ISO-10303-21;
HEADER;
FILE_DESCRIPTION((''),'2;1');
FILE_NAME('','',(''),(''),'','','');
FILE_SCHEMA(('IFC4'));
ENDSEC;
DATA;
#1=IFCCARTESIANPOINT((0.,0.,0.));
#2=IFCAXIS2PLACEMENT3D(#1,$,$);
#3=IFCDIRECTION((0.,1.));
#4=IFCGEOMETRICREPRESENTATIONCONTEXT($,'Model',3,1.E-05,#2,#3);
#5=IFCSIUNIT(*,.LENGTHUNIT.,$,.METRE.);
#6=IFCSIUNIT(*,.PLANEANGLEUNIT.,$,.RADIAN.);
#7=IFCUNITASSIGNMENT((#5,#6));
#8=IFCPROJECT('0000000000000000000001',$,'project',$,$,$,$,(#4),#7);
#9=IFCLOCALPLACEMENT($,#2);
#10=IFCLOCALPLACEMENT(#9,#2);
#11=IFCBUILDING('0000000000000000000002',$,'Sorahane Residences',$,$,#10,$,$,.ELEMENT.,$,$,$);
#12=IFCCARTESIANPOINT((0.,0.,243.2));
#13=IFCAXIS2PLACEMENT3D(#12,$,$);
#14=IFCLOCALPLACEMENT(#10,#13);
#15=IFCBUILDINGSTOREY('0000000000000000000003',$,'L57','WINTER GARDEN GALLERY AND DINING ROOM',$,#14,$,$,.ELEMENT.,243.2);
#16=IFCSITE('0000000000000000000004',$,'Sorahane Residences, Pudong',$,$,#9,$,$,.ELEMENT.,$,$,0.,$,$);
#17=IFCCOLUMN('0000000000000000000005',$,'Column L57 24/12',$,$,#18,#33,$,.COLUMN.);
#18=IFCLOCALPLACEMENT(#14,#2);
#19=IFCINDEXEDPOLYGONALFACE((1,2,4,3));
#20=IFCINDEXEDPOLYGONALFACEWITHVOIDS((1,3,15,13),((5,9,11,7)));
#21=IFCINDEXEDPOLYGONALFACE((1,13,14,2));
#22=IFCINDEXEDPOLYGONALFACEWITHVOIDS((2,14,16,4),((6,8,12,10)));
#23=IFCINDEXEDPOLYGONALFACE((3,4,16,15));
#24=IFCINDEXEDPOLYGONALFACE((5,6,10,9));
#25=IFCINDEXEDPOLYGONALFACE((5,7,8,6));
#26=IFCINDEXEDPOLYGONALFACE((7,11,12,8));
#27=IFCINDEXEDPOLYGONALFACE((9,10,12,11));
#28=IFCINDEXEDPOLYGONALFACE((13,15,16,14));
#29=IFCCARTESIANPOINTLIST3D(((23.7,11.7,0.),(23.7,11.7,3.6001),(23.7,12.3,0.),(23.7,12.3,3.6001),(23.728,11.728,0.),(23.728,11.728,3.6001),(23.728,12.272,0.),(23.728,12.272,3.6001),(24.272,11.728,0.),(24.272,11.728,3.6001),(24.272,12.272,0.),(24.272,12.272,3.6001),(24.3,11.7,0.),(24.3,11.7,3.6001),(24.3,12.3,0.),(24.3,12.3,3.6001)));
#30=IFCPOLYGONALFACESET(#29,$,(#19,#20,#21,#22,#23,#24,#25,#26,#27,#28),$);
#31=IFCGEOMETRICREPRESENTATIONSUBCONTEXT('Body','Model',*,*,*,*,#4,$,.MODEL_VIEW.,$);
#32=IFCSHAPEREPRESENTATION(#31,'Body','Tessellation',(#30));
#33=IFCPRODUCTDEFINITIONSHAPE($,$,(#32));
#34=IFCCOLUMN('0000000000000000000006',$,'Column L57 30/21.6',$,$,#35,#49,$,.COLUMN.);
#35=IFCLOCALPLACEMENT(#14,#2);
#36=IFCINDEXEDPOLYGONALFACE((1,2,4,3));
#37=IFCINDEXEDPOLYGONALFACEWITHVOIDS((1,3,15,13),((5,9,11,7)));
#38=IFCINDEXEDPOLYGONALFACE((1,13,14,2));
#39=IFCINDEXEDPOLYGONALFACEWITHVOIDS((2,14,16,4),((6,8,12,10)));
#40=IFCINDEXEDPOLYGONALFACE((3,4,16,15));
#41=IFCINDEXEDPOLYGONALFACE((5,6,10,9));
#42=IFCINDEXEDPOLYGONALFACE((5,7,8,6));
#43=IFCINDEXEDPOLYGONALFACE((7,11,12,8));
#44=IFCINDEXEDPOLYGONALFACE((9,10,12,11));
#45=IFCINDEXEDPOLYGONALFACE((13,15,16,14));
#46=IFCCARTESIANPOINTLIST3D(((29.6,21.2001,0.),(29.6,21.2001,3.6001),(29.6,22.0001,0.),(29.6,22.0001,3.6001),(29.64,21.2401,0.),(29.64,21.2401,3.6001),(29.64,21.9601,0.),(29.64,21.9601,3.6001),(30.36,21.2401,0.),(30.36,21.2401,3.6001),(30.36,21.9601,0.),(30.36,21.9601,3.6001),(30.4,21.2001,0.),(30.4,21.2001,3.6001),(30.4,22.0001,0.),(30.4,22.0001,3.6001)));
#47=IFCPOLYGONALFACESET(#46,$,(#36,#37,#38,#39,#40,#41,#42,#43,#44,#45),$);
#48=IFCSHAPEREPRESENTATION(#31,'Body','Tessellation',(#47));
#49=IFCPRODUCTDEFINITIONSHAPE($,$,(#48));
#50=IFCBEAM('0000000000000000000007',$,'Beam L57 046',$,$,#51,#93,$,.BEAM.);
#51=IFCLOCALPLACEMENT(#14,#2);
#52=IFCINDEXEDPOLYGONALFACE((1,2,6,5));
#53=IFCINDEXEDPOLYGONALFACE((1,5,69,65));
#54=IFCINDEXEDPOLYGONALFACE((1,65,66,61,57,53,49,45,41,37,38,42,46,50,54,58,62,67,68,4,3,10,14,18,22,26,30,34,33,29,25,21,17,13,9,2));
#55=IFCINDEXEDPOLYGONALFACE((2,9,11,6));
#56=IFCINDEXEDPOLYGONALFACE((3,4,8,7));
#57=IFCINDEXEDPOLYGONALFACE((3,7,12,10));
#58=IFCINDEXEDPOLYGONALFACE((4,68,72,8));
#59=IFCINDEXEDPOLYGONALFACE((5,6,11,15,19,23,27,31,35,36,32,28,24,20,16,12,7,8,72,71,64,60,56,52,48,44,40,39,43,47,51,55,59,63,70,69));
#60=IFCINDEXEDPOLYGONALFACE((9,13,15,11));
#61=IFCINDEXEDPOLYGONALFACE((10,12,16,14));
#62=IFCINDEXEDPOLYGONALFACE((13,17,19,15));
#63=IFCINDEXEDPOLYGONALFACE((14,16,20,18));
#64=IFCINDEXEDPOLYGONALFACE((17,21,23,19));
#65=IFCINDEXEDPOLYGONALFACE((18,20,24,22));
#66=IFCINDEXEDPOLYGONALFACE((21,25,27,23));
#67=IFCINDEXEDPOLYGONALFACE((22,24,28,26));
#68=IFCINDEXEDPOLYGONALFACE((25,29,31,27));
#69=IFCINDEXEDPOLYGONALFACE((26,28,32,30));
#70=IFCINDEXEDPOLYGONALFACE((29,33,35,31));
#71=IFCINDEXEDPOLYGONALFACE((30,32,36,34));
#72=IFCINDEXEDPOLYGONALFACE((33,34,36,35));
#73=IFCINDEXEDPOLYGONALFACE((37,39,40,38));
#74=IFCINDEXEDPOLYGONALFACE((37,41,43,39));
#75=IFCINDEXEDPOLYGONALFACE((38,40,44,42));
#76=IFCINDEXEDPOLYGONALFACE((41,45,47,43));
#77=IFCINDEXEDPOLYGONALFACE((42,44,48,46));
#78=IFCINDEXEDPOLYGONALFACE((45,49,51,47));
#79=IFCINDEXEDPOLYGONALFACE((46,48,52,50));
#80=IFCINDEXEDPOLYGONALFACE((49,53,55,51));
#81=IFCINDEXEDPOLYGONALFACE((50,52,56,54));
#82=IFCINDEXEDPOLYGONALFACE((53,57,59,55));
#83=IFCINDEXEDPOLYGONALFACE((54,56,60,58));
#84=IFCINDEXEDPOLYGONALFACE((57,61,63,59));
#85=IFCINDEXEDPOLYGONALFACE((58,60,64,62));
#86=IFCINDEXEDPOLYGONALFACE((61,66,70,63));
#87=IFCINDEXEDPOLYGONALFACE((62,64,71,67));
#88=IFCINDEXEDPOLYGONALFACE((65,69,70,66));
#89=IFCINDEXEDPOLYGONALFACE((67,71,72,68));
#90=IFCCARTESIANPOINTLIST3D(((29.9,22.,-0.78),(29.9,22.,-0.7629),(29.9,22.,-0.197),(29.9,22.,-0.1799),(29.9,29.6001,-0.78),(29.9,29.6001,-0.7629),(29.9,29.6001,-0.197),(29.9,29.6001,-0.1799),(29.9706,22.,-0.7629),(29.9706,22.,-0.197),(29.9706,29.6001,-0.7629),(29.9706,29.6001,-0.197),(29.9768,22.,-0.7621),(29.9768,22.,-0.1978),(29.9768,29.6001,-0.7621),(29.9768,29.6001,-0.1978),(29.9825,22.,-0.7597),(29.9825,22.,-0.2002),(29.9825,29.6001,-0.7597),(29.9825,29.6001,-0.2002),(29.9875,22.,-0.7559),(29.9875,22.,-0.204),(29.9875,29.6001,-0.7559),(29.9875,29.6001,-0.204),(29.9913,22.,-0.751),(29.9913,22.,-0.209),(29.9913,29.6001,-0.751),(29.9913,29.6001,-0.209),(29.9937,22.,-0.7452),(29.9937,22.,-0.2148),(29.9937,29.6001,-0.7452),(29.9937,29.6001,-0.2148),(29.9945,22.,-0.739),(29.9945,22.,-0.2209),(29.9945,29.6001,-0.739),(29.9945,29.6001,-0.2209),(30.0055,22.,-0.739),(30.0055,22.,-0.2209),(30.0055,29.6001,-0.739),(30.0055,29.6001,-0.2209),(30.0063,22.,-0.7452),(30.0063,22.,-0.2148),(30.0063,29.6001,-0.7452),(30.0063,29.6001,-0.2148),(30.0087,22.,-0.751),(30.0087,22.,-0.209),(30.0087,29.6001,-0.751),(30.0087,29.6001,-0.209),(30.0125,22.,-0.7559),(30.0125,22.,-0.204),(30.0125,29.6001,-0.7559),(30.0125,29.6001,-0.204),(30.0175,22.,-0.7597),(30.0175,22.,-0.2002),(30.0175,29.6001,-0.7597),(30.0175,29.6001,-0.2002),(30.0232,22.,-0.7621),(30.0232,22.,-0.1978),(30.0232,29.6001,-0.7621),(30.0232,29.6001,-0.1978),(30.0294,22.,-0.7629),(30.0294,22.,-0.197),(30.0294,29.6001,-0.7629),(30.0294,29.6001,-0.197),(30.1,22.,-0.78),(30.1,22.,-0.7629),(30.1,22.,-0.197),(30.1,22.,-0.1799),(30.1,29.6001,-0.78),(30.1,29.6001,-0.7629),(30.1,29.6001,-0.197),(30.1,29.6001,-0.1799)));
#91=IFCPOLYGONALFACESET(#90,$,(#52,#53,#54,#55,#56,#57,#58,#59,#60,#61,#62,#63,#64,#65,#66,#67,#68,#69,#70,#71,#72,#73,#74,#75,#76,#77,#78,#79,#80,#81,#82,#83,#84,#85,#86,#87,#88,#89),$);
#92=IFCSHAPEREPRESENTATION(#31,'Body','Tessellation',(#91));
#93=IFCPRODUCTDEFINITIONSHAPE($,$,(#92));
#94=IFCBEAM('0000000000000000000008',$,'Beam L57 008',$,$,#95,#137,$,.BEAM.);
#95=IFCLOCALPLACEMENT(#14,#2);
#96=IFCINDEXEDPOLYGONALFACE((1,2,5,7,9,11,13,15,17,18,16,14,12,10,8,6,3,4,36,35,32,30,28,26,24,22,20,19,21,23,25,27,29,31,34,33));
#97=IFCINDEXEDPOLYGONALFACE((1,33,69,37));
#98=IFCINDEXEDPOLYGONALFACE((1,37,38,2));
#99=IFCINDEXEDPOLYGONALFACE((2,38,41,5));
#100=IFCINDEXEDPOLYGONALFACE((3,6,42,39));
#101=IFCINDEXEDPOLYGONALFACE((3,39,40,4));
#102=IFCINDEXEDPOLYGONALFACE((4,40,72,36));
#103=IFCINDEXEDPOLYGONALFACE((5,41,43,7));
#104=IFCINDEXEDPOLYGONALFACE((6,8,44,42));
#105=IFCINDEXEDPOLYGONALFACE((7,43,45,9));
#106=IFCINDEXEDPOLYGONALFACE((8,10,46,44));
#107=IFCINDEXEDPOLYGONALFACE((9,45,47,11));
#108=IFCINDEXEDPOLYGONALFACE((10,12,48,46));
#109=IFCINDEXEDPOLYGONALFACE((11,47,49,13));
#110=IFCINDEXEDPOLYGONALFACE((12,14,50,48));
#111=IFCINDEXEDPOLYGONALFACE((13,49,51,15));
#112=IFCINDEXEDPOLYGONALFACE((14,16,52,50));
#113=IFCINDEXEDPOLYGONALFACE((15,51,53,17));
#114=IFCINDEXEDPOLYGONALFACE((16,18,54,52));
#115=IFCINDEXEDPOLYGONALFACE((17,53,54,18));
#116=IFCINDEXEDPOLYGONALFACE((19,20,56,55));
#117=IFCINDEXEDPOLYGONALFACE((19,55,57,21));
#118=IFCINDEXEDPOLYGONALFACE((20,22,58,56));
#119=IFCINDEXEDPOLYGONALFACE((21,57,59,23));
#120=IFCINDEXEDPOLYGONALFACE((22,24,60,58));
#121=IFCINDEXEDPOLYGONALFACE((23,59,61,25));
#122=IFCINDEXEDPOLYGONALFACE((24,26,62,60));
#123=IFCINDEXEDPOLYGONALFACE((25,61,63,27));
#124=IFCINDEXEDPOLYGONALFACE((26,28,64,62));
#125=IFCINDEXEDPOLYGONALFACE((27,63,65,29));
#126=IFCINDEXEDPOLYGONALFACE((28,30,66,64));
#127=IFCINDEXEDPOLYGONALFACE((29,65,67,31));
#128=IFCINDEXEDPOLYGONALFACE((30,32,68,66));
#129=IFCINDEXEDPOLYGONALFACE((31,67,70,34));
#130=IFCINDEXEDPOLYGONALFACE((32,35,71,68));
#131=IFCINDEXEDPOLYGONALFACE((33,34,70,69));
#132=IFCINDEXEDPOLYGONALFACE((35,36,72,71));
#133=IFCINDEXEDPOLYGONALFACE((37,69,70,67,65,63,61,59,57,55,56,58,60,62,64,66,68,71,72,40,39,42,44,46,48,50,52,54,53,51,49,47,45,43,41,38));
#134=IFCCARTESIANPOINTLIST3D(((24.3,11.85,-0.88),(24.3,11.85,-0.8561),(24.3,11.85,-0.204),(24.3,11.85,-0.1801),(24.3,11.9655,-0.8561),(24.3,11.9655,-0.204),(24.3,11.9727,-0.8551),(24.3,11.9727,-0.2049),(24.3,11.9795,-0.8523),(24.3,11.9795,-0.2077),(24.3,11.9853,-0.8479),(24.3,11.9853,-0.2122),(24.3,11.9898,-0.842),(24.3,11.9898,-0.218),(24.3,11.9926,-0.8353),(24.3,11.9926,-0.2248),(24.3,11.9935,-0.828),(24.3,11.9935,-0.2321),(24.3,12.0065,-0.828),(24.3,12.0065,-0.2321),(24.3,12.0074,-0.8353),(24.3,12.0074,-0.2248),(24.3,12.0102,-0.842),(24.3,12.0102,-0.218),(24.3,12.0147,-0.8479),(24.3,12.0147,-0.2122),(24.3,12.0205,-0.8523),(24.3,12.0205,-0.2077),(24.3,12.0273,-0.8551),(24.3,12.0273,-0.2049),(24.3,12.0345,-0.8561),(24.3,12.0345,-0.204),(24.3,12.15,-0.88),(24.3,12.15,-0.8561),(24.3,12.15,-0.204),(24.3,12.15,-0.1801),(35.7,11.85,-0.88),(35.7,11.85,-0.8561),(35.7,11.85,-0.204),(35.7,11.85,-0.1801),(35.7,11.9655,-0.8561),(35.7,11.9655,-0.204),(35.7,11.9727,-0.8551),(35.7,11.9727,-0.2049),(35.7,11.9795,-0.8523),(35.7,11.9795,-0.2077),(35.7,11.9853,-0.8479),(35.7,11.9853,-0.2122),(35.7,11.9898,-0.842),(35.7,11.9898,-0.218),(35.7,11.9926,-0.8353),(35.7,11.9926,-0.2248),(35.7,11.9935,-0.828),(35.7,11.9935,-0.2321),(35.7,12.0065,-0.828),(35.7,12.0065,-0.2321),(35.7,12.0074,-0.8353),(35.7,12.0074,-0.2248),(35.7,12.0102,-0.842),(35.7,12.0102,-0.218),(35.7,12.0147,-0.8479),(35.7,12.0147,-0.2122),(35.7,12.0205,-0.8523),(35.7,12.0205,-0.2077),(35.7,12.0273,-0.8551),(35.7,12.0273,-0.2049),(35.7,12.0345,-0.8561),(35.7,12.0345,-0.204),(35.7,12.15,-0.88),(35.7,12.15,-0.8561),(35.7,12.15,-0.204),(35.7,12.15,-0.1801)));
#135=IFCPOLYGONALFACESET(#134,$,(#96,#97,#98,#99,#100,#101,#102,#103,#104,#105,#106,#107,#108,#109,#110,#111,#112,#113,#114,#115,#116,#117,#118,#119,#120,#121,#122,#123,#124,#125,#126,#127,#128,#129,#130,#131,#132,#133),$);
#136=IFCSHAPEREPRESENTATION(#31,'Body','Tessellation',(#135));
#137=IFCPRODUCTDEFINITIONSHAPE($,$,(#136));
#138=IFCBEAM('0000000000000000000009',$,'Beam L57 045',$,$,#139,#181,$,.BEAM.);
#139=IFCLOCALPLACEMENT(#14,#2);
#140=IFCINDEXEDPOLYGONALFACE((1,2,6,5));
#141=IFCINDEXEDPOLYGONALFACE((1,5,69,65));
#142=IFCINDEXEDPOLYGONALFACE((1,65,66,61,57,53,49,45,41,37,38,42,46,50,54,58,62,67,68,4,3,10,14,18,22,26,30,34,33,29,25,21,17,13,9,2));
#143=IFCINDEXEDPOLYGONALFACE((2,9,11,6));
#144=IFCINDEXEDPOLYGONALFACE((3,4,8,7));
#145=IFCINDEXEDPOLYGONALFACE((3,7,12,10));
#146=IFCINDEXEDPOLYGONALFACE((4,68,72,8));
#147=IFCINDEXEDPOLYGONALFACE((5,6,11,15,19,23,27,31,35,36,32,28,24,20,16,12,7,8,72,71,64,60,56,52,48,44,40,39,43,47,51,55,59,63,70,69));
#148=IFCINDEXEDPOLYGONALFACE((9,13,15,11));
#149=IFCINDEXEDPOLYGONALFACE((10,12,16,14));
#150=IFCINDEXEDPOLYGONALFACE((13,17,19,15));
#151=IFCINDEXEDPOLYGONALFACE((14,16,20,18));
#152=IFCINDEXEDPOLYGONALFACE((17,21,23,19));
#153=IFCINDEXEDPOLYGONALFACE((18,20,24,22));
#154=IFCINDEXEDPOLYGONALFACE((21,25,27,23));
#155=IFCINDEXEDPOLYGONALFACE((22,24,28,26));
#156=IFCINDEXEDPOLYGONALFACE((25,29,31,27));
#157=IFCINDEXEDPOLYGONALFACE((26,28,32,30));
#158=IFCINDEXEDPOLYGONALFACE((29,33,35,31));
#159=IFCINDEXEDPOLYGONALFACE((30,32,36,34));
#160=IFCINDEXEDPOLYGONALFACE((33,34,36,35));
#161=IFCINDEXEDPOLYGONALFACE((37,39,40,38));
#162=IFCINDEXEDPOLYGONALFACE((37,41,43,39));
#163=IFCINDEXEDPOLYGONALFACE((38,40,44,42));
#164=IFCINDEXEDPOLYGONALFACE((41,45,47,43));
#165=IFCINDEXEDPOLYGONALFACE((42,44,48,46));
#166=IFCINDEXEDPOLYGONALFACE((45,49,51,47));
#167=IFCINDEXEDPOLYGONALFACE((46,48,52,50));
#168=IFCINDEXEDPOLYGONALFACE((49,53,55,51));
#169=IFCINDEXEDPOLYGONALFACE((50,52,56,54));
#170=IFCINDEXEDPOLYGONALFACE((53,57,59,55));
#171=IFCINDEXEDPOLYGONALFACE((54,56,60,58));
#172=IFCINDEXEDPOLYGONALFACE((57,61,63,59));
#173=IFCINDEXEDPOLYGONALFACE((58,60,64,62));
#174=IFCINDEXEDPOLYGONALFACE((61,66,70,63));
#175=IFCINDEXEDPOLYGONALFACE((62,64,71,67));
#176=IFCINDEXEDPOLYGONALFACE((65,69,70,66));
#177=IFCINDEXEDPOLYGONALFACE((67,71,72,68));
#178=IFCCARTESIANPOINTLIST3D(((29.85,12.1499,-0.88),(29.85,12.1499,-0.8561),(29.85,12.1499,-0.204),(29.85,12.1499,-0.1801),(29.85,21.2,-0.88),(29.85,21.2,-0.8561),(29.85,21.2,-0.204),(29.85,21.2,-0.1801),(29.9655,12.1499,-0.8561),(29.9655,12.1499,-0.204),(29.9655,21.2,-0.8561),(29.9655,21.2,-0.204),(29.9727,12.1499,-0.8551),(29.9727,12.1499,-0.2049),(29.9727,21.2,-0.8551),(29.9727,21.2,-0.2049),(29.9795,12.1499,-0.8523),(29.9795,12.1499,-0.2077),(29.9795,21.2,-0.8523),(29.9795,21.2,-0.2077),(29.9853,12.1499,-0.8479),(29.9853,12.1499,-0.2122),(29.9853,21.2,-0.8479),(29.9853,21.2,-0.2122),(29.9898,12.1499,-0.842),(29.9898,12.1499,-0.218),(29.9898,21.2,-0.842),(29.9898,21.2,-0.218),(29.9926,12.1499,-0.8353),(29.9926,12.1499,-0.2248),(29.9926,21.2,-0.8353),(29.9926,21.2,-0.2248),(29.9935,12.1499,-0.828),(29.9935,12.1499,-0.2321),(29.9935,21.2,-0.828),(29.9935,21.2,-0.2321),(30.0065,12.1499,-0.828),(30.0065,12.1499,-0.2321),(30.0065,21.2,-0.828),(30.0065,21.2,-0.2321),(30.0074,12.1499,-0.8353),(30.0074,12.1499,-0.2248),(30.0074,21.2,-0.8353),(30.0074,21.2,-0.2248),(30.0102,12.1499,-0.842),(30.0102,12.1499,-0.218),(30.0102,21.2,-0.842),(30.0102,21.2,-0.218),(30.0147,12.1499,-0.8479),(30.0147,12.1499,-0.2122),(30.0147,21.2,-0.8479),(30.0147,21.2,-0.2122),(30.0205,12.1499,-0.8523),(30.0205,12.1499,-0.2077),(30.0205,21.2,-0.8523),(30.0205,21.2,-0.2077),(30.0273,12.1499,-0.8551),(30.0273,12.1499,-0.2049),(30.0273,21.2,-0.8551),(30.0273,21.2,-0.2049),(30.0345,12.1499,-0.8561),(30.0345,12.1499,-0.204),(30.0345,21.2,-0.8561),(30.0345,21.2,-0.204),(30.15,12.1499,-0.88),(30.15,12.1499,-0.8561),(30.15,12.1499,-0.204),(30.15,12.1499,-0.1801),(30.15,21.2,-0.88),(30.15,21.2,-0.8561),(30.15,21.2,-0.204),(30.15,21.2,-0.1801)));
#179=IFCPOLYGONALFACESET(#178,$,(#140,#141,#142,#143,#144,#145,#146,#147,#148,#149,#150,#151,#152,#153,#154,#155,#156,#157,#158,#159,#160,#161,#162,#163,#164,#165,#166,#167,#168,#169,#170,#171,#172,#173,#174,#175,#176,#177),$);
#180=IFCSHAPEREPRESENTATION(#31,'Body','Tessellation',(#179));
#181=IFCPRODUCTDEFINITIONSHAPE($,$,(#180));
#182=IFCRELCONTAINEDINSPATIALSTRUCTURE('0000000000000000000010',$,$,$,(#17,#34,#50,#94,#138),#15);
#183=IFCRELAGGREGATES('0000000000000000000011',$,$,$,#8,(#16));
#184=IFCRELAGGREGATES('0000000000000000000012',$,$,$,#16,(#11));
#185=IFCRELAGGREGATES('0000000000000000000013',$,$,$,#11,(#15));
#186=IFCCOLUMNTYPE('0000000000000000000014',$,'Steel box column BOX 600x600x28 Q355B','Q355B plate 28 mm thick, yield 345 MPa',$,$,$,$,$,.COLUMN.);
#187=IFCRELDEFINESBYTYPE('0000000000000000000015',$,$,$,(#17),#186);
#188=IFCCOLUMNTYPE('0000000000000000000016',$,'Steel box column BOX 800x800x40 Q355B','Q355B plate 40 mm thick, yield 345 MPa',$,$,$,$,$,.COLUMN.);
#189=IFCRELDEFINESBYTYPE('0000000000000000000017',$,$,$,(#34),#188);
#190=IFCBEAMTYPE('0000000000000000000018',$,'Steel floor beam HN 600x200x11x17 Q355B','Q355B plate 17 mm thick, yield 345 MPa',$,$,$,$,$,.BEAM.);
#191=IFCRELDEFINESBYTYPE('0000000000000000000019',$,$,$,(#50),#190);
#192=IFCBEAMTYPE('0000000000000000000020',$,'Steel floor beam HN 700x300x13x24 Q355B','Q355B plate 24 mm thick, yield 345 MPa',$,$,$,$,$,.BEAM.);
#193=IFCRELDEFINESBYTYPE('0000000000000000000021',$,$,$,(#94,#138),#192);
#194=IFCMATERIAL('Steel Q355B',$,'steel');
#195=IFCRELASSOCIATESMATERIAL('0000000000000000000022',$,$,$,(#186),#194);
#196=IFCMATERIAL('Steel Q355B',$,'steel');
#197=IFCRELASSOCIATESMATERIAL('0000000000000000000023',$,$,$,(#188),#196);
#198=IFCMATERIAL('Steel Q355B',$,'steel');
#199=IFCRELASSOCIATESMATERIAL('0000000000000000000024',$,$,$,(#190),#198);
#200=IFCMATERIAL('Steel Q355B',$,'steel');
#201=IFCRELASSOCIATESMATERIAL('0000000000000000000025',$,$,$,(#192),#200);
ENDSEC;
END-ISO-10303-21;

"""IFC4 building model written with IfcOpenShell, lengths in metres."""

from ifc_helpers import new_model, si_unit, direction, frame, origin, origin_2d, place, context, subcontext, project, spatial, hollow_rectangle, i_section, extrude, material, material_profile, profile_set, type_object, element, save


model = new_model("IFC4")

# Units and contexts
model_context = context("Model", 3, precision=1e-05, world=origin(), true_north=direction((0.0, 1.0)))
body_context = subcontext(model_context, "Body", "Model", "MODEL_VIEW")
ifc_project = project(units=[si_unit("LENGTHUNIT", "METRE"), si_unit("PLANEANGLEUNIT", "RADIAN")], contexts=[model_context])

# Site, building, storey
site_placement = place(None, origin())
site = spatial("IfcSite", under=ifc_project, at=site_placement, Name="Sorahane Residences, Pudong", CompositionType="ELEMENT", RefElevation=0.0)
building_placement = place(site_placement, origin())
building = spatial("IfcBuilding", under=site, at=building_placement, Name="Sorahane Residences", CompositionType="ELEMENT")
storey_placement = place(building_placement, frame((0.0, 0.0, 243.2)))
storey = spatial("IfcBuildingStorey", under=building, at=storey_placement, Name="L57", Description="WINTER GARDEN GALLERY AND DINING ROOM", CompositionType="ELEMENT", Elevation=243.2)

# Columns
ifc_material_1 = material(Name="Steel Q355B", Category="steel")
ifc_material_profile_1 = material_profile(ifc_material_1, hollow_rectangle(XDim=0.6001, YDim=0.6001, WallThickness=0.0281, at=origin_2d()), Name="BOX 600x600x28")
ifc_profile_set_1 = profile_set([ifc_material_profile_1], Name="Steel Q355B")
column_type_1 = type_object("IfcColumnType", Name="Steel box column BOX 600x600x28 Q355B", Description="Q355B plate 28 mm thick, yield 345 MPa", PredefinedType="COLUMN", material=ifc_profile_set_1)
column_1_placement = place(storey_placement, frame((24.0, 12.0, 0.0), z_axis=(0.0, 0.0, 1.0), x_axis=(1.0, 0.0, 0.0)))
element("IfcColumn", 1, at=column_1_placement, inside=storey, type_object=column_type_1, Name="Column L57 24/12", PredefinedType="COLUMN", context=body_context, shape_type="SweptSolid", body=[
    extrude(hollow_rectangle(XDim=0.6001, YDim=0.6001, WallThickness=0.0281, at=origin_2d()), origin(), (0.0, 0.0, 1.0), 3.6001),
])
ifc_material_2 = material(Name="Steel Q355B", Category="steel")
ifc_material_profile_2 = material_profile(ifc_material_2, hollow_rectangle(XDim=0.8, YDim=0.8, WallThickness=0.04, at=origin_2d()), Name="BOX 800x800x40")
ifc_profile_set_2 = profile_set([ifc_material_profile_2], Name="Steel Q355B")
column_type_2 = type_object("IfcColumnType", Name="Steel box column BOX 800x800x40 Q355B", Description="Q355B plate 40 mm thick, yield 345 MPa", PredefinedType="COLUMN", material=ifc_profile_set_2)
column_2_placement = place(storey_placement, frame((30.0, 21.6001, 0.0), z_axis=(0.0, 0.0, 1.0), x_axis=(1.0, 0.0, 0.0)))
element("IfcColumn", 2, at=column_2_placement, inside=storey, type_object=column_type_2, Name="Column L57 30/21.6", PredefinedType="COLUMN", context=body_context, shape_type="SweptSolid", body=[
    extrude(hollow_rectangle(XDim=0.8, YDim=0.8, WallThickness=0.04, at=origin_2d()), origin(), (0.0, 0.0, 1.0), 3.6001),
])

# Beams
ifc_material_3 = material(Name="Steel Q355B", Category="steel")
ifc_material_profile_3 = material_profile(ifc_material_3, i_section(OverallWidth=0.2, OverallDepth=0.6001, WebThickness=0.011, FlangeThickness=0.0171, FilletRadius=0.0239, at=origin_2d()), Name="HN 600x200x11x17")
ifc_profile_set_3 = profile_set([ifc_material_profile_3], Name="Steel Q355B")
beam_type_1 = type_object("IfcBeamType", Name="Steel floor beam HN 600x200x11x17 Q355B", Description="Q355B plate 17 mm thick, yield 345 MPa", PredefinedType="BEAM", material=ifc_profile_set_3)
beam_1_placement = place(storey_placement, frame((30.0, 22.0, -0.48), z_axis=(0.0, 1.0, 0.0), x_axis=(-1.0, 0.0, 0.0)))
element("IfcBeam", 3, at=beam_1_placement, inside=storey, type_object=beam_type_1, Name="Beam L57 046", PredefinedType="BEAM", context=body_context, shape_type="SweptSolid", body=[
    extrude(i_section(OverallWidth=0.2, OverallDepth=0.6001, WebThickness=0.011, FlangeThickness=0.0171, FilletRadius=0.0239, at=origin_2d()), origin(), (0.0, 0.0, 1.0), 7.6001),
])
ifc_material_4 = material(Name="Steel Q355B", Category="steel")
ifc_material_profile_4 = material_profile(ifc_material_4, i_section(OverallWidth=0.3, OverallDepth=0.7, WebThickness=0.0129, FlangeThickness=0.0239, FilletRadius=0.0281, at=origin_2d()), Name="HN 700x300x13x24")
ifc_profile_set_4 = profile_set([ifc_material_profile_4], Name="Steel Q355B")
beam_type_2 = type_object("IfcBeamType", Name="Steel floor beam HN 700x300x13x24 Q355B", Description="Q355B plate 24 mm thick, yield 345 MPa", PredefinedType="BEAM", material=ifc_profile_set_4)
beam_2_placement = place(storey_placement, frame((24.3, 12.0, -0.53), z_axis=(1.0, 0.0, 0.0), x_axis=(0.0, 1.0, 0.0)))
element("IfcBeam", 4, at=beam_2_placement, inside=storey, type_object=beam_type_2, Name="Beam L57 008", PredefinedType="BEAM", context=body_context, shape_type="SweptSolid", body=[
    extrude(i_section(OverallWidth=0.3, OverallDepth=0.7, WebThickness=0.0129, FlangeThickness=0.0239, FilletRadius=0.0281, at=origin_2d()), origin(), (0.0, 0.0, 1.0), 11.3999),
])
beam_3_placement = place(storey_placement, frame((30.0, 12.1499, -0.53), z_axis=(0.0, 1.0, 0.0), x_axis=(-1.0, 0.0, 0.0)))
element("IfcBeam", 5, at=beam_3_placement, inside=storey, type_object=beam_type_2, Name="Beam L57 045", PredefinedType="BEAM", context=body_context, shape_type="SweptSolid", body=[
    extrude(i_section(OverallWidth=0.3, OverallDepth=0.7, WebThickness=0.0129, FlangeThickness=0.0239, FilletRadius=0.0281, at=origin_2d()), origin(), (0.0, 0.0, 1.0), 9.05),
])

save(model, "model.ifc")
